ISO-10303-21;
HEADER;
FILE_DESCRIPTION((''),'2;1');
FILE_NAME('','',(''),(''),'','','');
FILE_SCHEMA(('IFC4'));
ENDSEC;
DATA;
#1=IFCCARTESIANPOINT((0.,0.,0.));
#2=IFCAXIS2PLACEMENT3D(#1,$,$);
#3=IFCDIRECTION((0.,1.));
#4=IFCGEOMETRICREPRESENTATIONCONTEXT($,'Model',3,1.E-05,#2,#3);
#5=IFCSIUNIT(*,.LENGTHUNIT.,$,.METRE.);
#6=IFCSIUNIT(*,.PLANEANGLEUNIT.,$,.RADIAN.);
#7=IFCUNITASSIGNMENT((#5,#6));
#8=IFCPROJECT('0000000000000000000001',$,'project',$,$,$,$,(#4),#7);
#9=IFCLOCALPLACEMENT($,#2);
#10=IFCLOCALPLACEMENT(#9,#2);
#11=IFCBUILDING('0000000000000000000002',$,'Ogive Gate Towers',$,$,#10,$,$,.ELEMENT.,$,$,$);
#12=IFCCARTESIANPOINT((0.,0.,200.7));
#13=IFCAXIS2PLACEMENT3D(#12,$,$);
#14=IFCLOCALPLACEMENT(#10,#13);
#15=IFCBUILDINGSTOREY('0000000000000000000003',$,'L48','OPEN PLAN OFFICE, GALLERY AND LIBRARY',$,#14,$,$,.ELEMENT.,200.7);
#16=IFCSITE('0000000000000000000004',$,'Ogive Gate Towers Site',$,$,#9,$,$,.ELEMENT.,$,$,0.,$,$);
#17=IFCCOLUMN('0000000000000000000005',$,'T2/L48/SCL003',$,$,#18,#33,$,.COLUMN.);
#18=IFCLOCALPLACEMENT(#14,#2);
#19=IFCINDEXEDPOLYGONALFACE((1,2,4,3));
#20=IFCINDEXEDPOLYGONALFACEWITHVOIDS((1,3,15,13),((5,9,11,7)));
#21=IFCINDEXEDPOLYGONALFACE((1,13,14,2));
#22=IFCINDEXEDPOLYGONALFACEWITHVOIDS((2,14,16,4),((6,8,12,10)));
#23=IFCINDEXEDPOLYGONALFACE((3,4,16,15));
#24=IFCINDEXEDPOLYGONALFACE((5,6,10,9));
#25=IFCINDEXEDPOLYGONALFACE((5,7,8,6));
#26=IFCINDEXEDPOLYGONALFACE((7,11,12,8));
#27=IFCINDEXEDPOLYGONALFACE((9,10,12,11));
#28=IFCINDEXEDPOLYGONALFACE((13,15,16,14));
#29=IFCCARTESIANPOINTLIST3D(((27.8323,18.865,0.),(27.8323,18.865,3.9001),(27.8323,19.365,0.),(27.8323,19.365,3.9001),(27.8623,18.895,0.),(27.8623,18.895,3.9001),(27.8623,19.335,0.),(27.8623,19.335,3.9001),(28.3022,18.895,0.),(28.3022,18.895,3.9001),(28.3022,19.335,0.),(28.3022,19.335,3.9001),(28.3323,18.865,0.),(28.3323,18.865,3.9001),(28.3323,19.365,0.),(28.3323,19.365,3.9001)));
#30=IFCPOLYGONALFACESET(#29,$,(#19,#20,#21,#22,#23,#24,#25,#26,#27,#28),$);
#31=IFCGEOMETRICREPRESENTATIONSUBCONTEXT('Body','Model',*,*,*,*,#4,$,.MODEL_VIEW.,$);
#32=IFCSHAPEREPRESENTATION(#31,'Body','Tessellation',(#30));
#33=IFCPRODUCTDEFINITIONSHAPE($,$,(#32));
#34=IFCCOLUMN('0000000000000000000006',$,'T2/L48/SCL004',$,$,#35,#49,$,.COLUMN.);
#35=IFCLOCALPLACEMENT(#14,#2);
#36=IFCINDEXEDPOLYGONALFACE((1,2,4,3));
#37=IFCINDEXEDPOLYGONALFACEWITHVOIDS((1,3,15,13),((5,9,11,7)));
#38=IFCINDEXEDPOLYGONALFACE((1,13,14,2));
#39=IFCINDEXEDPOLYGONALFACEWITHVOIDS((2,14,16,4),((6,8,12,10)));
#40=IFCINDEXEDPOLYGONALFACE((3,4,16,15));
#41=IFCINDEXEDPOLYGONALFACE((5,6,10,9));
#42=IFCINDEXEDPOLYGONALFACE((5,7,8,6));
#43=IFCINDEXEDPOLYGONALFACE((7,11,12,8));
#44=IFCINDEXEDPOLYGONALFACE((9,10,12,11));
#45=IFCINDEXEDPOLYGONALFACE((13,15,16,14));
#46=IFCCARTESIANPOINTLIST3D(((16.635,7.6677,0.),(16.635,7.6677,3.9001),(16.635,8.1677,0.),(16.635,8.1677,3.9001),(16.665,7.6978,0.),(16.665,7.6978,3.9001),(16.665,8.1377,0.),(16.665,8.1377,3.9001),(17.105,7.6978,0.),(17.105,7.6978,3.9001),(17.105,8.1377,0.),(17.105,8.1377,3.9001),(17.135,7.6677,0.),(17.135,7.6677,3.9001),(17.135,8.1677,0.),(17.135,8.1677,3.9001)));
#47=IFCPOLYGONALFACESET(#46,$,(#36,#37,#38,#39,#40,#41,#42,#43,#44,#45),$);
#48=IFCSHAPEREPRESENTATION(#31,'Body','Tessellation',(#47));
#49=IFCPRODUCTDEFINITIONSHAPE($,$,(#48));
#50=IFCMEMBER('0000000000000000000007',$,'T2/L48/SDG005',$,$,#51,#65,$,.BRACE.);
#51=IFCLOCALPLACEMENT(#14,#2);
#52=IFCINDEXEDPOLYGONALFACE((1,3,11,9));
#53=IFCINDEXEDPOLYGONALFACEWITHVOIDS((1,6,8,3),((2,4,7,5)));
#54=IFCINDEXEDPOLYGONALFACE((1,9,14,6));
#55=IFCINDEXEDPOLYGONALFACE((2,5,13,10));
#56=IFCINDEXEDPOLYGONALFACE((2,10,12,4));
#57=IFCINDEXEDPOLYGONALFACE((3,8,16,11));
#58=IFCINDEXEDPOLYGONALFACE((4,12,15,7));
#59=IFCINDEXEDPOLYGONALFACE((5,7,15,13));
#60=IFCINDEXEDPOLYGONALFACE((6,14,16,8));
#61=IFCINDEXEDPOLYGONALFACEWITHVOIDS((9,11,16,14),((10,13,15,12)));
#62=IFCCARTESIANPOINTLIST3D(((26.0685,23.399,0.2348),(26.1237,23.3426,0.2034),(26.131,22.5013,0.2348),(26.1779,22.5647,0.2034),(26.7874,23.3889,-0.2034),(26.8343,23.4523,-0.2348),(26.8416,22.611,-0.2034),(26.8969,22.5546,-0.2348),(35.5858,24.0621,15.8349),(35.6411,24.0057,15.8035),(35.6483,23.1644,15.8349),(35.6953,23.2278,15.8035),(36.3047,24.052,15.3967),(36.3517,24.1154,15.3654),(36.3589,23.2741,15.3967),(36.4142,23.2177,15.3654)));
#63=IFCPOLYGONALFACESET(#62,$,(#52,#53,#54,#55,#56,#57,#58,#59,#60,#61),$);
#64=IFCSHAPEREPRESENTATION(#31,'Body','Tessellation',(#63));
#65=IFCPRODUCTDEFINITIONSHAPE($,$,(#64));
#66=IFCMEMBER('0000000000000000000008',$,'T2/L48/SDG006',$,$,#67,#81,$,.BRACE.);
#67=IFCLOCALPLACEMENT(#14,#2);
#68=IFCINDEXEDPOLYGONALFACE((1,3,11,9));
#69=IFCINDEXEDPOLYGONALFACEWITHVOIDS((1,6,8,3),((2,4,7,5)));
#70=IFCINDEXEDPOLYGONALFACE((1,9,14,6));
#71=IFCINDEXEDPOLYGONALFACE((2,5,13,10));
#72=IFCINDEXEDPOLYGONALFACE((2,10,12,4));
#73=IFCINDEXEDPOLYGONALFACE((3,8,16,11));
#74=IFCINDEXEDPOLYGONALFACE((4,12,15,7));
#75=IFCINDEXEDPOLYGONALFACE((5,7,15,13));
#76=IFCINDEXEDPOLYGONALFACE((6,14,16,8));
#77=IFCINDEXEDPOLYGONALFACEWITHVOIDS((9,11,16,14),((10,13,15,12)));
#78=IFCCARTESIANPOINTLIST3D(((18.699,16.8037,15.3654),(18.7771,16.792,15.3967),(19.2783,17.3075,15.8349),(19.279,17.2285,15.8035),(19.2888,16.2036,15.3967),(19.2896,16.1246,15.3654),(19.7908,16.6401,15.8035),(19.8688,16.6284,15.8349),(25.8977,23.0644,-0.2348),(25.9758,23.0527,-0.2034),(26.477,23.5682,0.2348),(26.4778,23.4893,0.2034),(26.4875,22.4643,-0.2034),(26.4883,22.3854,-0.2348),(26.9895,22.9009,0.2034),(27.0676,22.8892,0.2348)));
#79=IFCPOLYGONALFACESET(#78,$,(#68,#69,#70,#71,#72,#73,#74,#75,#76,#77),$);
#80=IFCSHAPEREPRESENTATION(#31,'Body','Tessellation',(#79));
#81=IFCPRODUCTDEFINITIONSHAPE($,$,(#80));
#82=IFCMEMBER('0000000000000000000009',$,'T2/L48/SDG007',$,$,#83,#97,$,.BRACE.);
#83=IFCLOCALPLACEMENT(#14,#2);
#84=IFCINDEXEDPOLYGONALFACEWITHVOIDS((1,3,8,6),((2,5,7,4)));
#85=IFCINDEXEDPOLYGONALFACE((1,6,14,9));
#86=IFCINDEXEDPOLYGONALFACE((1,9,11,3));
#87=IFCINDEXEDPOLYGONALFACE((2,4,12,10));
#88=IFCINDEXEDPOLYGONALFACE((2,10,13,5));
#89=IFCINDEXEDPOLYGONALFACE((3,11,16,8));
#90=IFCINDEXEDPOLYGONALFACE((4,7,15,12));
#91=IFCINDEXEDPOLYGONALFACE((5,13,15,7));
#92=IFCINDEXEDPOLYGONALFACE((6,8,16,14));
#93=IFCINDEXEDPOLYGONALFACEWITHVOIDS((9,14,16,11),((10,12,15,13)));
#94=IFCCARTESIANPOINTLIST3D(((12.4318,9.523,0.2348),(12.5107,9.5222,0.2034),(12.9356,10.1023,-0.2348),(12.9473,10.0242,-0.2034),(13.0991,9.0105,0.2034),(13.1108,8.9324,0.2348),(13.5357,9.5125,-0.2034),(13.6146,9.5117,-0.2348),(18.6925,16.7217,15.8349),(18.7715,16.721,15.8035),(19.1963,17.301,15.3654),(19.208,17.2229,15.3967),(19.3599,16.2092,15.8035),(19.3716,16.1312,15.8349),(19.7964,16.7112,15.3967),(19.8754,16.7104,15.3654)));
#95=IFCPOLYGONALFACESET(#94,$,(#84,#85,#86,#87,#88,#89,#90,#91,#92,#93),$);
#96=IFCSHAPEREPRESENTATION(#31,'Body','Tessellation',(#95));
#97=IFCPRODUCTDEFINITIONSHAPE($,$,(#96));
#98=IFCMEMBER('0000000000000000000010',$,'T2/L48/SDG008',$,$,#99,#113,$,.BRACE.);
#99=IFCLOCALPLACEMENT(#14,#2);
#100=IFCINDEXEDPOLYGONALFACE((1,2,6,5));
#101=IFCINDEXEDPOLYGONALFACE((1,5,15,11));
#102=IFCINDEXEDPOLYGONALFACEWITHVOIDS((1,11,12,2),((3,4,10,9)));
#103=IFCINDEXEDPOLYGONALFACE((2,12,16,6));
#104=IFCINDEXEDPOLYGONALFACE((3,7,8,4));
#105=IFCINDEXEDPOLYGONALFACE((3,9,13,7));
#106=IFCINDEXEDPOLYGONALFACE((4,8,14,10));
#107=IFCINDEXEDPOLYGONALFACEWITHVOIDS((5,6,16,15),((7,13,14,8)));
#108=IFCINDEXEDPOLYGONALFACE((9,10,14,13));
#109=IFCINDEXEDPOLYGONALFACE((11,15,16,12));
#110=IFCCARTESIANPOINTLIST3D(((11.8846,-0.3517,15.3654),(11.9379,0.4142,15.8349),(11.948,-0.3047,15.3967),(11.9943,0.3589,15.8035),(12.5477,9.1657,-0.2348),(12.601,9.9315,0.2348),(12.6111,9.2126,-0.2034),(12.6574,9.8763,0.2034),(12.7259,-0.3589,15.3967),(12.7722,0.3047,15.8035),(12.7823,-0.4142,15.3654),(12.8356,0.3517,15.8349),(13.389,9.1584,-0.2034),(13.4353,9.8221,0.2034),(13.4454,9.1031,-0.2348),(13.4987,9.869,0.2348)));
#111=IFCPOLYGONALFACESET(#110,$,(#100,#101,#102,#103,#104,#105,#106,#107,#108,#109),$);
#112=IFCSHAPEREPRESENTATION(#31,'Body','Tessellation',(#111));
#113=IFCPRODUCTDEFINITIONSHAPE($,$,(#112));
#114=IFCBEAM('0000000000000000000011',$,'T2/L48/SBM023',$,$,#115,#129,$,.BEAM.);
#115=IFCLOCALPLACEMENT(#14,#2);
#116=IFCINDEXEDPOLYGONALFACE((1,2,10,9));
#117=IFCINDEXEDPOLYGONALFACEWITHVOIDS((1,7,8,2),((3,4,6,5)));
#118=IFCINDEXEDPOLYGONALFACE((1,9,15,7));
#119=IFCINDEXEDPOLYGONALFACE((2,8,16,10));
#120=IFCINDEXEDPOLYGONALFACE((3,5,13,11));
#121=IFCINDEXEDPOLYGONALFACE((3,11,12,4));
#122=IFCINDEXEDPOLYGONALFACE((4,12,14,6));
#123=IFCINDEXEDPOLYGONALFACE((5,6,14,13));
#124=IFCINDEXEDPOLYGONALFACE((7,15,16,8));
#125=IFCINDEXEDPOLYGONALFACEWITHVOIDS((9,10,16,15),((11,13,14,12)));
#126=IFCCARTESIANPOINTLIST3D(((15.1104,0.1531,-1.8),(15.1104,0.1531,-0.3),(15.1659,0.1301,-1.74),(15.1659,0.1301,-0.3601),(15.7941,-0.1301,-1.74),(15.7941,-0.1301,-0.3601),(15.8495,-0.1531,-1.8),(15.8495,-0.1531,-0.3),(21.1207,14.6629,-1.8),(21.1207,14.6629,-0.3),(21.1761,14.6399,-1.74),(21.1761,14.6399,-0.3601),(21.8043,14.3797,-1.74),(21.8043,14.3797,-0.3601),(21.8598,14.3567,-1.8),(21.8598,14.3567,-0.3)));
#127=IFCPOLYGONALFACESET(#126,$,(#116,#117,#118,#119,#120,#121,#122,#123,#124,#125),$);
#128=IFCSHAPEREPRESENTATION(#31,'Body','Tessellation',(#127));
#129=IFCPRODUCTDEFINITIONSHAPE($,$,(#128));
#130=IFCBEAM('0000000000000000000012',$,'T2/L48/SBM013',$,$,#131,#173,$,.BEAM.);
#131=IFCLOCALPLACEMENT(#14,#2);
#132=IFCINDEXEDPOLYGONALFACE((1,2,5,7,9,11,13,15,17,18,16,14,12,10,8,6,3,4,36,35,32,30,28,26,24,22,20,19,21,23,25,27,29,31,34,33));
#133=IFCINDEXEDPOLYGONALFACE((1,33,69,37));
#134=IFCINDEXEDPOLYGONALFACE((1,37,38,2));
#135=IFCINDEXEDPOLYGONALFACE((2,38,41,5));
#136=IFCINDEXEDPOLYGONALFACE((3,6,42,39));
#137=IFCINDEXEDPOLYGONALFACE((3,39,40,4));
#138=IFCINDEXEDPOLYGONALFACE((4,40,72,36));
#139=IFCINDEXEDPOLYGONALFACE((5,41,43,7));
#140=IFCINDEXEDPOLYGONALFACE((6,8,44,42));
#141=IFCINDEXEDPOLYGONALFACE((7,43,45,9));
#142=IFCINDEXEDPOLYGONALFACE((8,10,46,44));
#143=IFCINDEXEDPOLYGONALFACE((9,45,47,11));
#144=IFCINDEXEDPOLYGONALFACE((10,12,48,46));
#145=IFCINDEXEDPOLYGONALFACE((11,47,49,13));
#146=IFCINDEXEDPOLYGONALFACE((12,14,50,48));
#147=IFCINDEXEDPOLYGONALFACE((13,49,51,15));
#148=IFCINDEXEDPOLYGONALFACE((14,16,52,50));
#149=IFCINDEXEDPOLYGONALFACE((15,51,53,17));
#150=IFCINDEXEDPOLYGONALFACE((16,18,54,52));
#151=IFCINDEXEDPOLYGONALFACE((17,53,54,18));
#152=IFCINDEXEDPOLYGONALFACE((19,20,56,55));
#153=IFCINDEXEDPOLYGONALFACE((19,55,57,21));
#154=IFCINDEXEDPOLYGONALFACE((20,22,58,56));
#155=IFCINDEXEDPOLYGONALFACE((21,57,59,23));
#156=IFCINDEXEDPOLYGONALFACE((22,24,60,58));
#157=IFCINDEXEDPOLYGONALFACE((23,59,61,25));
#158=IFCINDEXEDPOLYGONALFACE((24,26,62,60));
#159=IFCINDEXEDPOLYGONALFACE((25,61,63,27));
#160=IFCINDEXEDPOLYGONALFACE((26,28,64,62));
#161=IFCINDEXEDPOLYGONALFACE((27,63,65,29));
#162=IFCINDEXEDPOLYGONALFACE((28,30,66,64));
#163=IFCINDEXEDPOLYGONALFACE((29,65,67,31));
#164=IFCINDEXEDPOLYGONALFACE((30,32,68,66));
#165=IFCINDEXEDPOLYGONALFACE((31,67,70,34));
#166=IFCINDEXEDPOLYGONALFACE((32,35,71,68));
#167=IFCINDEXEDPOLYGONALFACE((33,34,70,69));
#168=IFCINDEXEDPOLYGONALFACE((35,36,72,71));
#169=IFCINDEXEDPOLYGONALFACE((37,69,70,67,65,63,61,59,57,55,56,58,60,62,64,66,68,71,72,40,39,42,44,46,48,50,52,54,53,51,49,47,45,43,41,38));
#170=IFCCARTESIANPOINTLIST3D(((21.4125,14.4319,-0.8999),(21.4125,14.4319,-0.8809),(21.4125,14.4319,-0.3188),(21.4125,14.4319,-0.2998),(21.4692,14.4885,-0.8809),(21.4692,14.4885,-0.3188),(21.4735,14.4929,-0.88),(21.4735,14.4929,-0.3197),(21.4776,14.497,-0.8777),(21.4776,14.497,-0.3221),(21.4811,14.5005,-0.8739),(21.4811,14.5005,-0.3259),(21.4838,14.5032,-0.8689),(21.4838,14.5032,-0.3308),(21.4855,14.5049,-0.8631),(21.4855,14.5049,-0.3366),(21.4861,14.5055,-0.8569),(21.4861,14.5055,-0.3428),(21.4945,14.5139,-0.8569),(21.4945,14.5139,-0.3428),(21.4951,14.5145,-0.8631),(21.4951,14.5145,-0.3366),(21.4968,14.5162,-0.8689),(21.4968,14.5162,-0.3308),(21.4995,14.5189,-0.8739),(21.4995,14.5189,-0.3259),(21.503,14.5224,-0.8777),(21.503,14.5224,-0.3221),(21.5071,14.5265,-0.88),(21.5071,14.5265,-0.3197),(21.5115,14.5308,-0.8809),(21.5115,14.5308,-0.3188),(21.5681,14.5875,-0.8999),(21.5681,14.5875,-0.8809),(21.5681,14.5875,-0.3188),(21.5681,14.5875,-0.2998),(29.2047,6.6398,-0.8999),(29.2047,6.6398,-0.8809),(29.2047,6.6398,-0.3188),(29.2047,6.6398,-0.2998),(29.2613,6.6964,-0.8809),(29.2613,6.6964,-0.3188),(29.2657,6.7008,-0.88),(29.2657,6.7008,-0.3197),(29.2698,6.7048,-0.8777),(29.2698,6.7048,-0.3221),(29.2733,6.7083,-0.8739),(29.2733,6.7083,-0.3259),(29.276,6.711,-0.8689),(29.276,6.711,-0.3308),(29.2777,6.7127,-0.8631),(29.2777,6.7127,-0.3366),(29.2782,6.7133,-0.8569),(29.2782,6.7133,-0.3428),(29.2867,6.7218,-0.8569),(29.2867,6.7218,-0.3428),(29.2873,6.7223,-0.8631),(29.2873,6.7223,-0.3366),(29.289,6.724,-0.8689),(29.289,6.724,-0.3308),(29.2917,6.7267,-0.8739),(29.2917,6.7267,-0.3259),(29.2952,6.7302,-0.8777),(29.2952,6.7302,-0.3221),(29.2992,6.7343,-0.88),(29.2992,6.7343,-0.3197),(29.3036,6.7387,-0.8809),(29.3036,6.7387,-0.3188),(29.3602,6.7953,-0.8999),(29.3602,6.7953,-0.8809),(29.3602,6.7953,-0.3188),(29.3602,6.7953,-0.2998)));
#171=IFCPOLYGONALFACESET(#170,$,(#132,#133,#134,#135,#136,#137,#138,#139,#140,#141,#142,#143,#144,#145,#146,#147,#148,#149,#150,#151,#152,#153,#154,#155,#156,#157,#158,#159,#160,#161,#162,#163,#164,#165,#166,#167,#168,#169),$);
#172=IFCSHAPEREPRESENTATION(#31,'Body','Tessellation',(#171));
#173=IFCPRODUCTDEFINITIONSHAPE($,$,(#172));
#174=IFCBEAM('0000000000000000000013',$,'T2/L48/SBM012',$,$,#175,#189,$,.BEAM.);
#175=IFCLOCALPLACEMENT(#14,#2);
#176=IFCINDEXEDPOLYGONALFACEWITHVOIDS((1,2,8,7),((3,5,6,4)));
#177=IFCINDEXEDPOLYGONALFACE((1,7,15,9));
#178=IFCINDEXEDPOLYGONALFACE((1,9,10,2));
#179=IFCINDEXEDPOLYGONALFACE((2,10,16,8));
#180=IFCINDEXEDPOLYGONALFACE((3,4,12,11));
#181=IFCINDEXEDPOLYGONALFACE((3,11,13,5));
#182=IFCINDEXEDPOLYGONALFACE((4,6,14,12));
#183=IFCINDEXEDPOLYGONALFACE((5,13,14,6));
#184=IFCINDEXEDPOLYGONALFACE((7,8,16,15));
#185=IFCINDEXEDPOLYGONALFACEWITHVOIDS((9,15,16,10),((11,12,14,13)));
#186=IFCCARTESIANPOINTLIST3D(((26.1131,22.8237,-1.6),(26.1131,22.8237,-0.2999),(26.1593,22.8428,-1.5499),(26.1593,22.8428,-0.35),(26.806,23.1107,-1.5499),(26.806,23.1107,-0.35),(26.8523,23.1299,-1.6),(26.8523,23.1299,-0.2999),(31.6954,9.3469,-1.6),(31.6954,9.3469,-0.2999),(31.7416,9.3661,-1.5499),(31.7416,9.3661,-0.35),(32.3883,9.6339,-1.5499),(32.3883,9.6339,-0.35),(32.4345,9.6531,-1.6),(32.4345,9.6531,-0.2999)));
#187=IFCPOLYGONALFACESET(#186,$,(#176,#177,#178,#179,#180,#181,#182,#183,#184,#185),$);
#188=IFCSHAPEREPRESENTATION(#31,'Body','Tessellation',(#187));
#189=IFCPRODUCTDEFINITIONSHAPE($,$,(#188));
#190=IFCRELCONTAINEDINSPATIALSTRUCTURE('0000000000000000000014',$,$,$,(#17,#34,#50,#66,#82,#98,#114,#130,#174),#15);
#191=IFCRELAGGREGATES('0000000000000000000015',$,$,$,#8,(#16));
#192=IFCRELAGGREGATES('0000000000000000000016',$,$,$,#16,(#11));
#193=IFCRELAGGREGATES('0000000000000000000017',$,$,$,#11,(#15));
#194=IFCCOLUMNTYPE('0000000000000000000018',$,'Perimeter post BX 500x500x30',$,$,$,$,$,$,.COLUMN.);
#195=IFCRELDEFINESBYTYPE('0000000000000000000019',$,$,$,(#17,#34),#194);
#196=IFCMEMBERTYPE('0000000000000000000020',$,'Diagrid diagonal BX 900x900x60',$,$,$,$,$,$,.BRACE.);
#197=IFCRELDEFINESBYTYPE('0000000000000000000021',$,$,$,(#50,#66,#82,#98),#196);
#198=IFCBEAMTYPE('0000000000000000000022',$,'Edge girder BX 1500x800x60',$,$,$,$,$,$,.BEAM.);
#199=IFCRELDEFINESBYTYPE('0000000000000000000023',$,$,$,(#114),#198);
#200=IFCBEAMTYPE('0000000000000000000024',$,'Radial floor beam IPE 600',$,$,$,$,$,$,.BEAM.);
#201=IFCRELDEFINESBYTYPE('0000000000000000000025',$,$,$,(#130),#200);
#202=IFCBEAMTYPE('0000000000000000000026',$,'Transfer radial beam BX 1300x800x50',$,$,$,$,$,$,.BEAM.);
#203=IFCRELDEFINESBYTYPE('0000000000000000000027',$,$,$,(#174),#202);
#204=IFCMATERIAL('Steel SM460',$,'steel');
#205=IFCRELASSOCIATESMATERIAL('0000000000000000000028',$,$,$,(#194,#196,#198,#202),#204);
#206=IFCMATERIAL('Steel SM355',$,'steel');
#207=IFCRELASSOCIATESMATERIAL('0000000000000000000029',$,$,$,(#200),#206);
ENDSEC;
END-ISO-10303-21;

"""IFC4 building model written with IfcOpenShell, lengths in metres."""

from ifc_helpers import new_model, si_unit, direction, frame, origin, origin_2d, place, context, subcontext, project, spatial, hollow_rectangle, i_section, extrude, material, material_profile, profile_set, type_object, element, save


model = new_model("IFC4")

# Units and contexts
model_context = context("Model", 3, precision=1e-05, world=origin(), true_north=direction((0.0, 1.0)))
body_context = subcontext(model_context, "Body", "Model", "MODEL_VIEW")
ifc_project = project(units=[si_unit("LENGTHUNIT", "METRE"), si_unit("PLANEANGLEUNIT", "RADIAN")], contexts=[model_context])

# Site, building, storey
site_placement = place(None, origin())
site = spatial("IfcSite", under=ifc_project, at=site_placement, Name="Ogive Gate Towers Site", CompositionType="ELEMENT", RefElevation=0.0)
building_placement = place(site_placement, origin())
building = spatial("IfcBuilding", under=site, at=building_placement, Name="Ogive Gate Towers", CompositionType="ELEMENT")
storey_placement = place(building_placement, frame((0.0, 0.0, 200.7)))
storey = spatial("IfcBuildingStorey", under=building, at=storey_placement, Name="L48", Description="OPEN PLAN OFFICE, GALLERY AND LIBRARY", CompositionType="ELEMENT", Elevation=200.7)

# Columns
ifc_material_1 = material(Name="Steel SM460", Category="steel")
ifc_material_profile_1 = material_profile(ifc_material_1, hollow_rectangle(XDim=0.5, YDim=0.5, WallThickness=0.03, at=origin_2d()), Name="BX 500x500x30")
ifc_profile_set_1 = profile_set([ifc_material_profile_1], Name="Steel SM460")
column_type = type_object("IfcColumnType", Name="Perimeter post BX 500x500x30", PredefinedType="COLUMN", material=ifc_profile_set_1)
for number, where, z_axis, x_axis, name in (
    (1, (28.0823, 19.115, 0.0), (0.0, 0.0, 1.0), (1.0, 0.0, 0.0), "T2/L48/SCL003"),
    (2, (16.885, 7.9177, 0.0), (0.0, 0.0, 1.0), (1.0, 0.0, 0.0), "T2/L48/SCL004"),
):
    element("IfcColumn", number, at=place(storey_placement, frame(where, z_axis=z_axis, x_axis=x_axis)), inside=storey, type_object=column_type, Name=name, PredefinedType="COLUMN", context=body_context, shape_type="SweptSolid", body=[
        extrude(hollow_rectangle(XDim=0.5, YDim=0.5, WallThickness=0.03, at=origin_2d()), origin(), (0.0, 0.0, 1.0), 3.9001),
    ])

# Members
ifc_material_profile_2 = material_profile(ifc_material_1, hollow_rectangle(XDim=0.8999, YDim=0.8999, WallThickness=0.0601, at=origin_2d()), Name="BX 900x900x60")
ifc_profile_set_2 = profile_set([ifc_material_profile_2], Name="Steel SM460")
member_type = type_object("IfcMemberType", Name="Diagrid diagonal BX 900x900x60", PredefinedType="BRACE", material=ifc_profile_set_2)
for number, where, z_axis, x_axis, name in (
    (3, (26.4827, 22.9768, 0.0), (0.520468, 0.036262, 0.853111), (-0.069503, 0.997582, 0.0), "T2/L48/SDG005"),
    (4, (26.4827, 22.9768, 0.0), (-0.393672, -0.342377, 0.853112), (0.656237, -0.754555, 0.0), "T2/L48/SDG006"),
    (5, (13.0232, 9.5173, 0.0), (0.342377, 0.393672, 0.853112), (-0.754555, 0.656237, 0.0), "T2/L48/SDG007"),
    (6, (13.0232, 9.5173, 0.0), (-0.036262, -0.520468, 0.853111), (0.997582, -0.069503, 0.0), "T2/L48/SDG008"),
):
    element("IfcMember", number, at=place(storey_placement, frame(where, z_axis=z_axis, x_axis=x_axis)), inside=storey, type_object=member_type, Name=name, PredefinedType="BRACE", context=body_context, shape_type="SweptSolid", body=[
        extrude(hollow_rectangle(XDim=0.8999, YDim=0.8999, WallThickness=0.0601, at=origin_2d()), origin(), (0.0, 0.0, 1.0), 18.2861),
    ])

# Beams
ifc_material_profile_3 = material_profile(ifc_material_1, hollow_rectangle(XDim=0.8, YDim=1.5, WallThickness=0.0601, at=origin_2d()), Name="BX 1500x800x60")
ifc_profile_set_3 = profile_set([ifc_material_profile_3], Name="Steel SM460")
beam_type_1 = type_object("IfcBeamType", Name="Edge girder BX 1500x800x60", PredefinedType="BEAM", material=ifc_profile_set_3)
beam_1_placement = place(storey_placement, frame((21.4902, 14.5098, -1.05), z_axis=(-0.38269, -0.923877, 0.0), x_axis=(0.923877, -0.38269, 0.0)))
element("IfcBeam", 7, at=beam_1_placement, inside=storey, type_object=beam_type_1, Name="T2/L48/SBM023", PredefinedType="BEAM", context=body_context, shape_type="SweptSolid", body=[
    extrude(hollow_rectangle(XDim=0.8, YDim=1.5, WallThickness=0.0601, at=origin_2d()), origin(), (0.0, 0.0, 1.0), 15.7053),
])
ifc_material_2 = material(Name="Steel SM355", Category="steel")
ifc_material_profile_4 = material_profile(ifc_material_2, i_section(OverallWidth=0.22, OverallDepth=0.6001, WebThickness=0.012, FlangeThickness=0.019, FilletRadius=0.0239, at=origin_2d()), Name="IPE 600")
ifc_profile_set_4 = profile_set([ifc_material_profile_4], Name="Steel SM355")
beam_type_2 = type_object("IfcBeamType", Name="Radial floor beam IPE 600", PredefinedType="BEAM", material=ifc_profile_set_4)
beam_2_placement = place(storey_placement, frame((29.2825, 6.7175, -0.5999), z_axis=(-0.707107, 0.707107, 0.0), x_axis=(-0.707107, -0.707107, 0.0)))
element("IfcBeam", 8, at=beam_2_placement, inside=storey, type_object=beam_type_2, Name="T2/L48/SBM013", PredefinedType="BEAM", context=body_context, shape_type="SweptSolid", body=[
    extrude(i_section(OverallWidth=0.22, OverallDepth=0.6001, WebThickness=0.012, FlangeThickness=0.019, FilletRadius=0.0239, at=origin_2d()), origin(), (0.0, 0.0, 1.0), 11.0198),
])
ifc_material_profile_5 = material_profile(ifc_material_1, hollow_rectangle(XDim=0.8, YDim=1.3, WallThickness=0.05, at=origin_2d()), Name="BX 1300x800x50")
ifc_profile_set_5 = profile_set([ifc_material_profile_5], Name="Steel SM460")
beam_type_3 = type_object("IfcBeamType", Name="Transfer radial beam BX 1300x800x50", PredefinedType="BEAM", material=ifc_profile_set_5)
beam_3_placement = place(storey_placement, frame((32.0649, 9.5, -0.95), z_axis=(-0.382683, 0.92388, 0.0), x_axis=(-0.92388, -0.382683, 0.0)))
element("IfcBeam", 9, at=beam_3_placement, inside=storey, type_object=beam_type_3, Name="T2/L48/SBM012", PredefinedType="BEAM", context=body_context, shape_type="SweptSolid", body=[
    extrude(hollow_rectangle(XDim=0.8, YDim=1.3, WallThickness=0.05, at=origin_2d()), origin(), (0.0, 0.0, 1.0), 14.5872),
])

save(model, "model.ifc")
